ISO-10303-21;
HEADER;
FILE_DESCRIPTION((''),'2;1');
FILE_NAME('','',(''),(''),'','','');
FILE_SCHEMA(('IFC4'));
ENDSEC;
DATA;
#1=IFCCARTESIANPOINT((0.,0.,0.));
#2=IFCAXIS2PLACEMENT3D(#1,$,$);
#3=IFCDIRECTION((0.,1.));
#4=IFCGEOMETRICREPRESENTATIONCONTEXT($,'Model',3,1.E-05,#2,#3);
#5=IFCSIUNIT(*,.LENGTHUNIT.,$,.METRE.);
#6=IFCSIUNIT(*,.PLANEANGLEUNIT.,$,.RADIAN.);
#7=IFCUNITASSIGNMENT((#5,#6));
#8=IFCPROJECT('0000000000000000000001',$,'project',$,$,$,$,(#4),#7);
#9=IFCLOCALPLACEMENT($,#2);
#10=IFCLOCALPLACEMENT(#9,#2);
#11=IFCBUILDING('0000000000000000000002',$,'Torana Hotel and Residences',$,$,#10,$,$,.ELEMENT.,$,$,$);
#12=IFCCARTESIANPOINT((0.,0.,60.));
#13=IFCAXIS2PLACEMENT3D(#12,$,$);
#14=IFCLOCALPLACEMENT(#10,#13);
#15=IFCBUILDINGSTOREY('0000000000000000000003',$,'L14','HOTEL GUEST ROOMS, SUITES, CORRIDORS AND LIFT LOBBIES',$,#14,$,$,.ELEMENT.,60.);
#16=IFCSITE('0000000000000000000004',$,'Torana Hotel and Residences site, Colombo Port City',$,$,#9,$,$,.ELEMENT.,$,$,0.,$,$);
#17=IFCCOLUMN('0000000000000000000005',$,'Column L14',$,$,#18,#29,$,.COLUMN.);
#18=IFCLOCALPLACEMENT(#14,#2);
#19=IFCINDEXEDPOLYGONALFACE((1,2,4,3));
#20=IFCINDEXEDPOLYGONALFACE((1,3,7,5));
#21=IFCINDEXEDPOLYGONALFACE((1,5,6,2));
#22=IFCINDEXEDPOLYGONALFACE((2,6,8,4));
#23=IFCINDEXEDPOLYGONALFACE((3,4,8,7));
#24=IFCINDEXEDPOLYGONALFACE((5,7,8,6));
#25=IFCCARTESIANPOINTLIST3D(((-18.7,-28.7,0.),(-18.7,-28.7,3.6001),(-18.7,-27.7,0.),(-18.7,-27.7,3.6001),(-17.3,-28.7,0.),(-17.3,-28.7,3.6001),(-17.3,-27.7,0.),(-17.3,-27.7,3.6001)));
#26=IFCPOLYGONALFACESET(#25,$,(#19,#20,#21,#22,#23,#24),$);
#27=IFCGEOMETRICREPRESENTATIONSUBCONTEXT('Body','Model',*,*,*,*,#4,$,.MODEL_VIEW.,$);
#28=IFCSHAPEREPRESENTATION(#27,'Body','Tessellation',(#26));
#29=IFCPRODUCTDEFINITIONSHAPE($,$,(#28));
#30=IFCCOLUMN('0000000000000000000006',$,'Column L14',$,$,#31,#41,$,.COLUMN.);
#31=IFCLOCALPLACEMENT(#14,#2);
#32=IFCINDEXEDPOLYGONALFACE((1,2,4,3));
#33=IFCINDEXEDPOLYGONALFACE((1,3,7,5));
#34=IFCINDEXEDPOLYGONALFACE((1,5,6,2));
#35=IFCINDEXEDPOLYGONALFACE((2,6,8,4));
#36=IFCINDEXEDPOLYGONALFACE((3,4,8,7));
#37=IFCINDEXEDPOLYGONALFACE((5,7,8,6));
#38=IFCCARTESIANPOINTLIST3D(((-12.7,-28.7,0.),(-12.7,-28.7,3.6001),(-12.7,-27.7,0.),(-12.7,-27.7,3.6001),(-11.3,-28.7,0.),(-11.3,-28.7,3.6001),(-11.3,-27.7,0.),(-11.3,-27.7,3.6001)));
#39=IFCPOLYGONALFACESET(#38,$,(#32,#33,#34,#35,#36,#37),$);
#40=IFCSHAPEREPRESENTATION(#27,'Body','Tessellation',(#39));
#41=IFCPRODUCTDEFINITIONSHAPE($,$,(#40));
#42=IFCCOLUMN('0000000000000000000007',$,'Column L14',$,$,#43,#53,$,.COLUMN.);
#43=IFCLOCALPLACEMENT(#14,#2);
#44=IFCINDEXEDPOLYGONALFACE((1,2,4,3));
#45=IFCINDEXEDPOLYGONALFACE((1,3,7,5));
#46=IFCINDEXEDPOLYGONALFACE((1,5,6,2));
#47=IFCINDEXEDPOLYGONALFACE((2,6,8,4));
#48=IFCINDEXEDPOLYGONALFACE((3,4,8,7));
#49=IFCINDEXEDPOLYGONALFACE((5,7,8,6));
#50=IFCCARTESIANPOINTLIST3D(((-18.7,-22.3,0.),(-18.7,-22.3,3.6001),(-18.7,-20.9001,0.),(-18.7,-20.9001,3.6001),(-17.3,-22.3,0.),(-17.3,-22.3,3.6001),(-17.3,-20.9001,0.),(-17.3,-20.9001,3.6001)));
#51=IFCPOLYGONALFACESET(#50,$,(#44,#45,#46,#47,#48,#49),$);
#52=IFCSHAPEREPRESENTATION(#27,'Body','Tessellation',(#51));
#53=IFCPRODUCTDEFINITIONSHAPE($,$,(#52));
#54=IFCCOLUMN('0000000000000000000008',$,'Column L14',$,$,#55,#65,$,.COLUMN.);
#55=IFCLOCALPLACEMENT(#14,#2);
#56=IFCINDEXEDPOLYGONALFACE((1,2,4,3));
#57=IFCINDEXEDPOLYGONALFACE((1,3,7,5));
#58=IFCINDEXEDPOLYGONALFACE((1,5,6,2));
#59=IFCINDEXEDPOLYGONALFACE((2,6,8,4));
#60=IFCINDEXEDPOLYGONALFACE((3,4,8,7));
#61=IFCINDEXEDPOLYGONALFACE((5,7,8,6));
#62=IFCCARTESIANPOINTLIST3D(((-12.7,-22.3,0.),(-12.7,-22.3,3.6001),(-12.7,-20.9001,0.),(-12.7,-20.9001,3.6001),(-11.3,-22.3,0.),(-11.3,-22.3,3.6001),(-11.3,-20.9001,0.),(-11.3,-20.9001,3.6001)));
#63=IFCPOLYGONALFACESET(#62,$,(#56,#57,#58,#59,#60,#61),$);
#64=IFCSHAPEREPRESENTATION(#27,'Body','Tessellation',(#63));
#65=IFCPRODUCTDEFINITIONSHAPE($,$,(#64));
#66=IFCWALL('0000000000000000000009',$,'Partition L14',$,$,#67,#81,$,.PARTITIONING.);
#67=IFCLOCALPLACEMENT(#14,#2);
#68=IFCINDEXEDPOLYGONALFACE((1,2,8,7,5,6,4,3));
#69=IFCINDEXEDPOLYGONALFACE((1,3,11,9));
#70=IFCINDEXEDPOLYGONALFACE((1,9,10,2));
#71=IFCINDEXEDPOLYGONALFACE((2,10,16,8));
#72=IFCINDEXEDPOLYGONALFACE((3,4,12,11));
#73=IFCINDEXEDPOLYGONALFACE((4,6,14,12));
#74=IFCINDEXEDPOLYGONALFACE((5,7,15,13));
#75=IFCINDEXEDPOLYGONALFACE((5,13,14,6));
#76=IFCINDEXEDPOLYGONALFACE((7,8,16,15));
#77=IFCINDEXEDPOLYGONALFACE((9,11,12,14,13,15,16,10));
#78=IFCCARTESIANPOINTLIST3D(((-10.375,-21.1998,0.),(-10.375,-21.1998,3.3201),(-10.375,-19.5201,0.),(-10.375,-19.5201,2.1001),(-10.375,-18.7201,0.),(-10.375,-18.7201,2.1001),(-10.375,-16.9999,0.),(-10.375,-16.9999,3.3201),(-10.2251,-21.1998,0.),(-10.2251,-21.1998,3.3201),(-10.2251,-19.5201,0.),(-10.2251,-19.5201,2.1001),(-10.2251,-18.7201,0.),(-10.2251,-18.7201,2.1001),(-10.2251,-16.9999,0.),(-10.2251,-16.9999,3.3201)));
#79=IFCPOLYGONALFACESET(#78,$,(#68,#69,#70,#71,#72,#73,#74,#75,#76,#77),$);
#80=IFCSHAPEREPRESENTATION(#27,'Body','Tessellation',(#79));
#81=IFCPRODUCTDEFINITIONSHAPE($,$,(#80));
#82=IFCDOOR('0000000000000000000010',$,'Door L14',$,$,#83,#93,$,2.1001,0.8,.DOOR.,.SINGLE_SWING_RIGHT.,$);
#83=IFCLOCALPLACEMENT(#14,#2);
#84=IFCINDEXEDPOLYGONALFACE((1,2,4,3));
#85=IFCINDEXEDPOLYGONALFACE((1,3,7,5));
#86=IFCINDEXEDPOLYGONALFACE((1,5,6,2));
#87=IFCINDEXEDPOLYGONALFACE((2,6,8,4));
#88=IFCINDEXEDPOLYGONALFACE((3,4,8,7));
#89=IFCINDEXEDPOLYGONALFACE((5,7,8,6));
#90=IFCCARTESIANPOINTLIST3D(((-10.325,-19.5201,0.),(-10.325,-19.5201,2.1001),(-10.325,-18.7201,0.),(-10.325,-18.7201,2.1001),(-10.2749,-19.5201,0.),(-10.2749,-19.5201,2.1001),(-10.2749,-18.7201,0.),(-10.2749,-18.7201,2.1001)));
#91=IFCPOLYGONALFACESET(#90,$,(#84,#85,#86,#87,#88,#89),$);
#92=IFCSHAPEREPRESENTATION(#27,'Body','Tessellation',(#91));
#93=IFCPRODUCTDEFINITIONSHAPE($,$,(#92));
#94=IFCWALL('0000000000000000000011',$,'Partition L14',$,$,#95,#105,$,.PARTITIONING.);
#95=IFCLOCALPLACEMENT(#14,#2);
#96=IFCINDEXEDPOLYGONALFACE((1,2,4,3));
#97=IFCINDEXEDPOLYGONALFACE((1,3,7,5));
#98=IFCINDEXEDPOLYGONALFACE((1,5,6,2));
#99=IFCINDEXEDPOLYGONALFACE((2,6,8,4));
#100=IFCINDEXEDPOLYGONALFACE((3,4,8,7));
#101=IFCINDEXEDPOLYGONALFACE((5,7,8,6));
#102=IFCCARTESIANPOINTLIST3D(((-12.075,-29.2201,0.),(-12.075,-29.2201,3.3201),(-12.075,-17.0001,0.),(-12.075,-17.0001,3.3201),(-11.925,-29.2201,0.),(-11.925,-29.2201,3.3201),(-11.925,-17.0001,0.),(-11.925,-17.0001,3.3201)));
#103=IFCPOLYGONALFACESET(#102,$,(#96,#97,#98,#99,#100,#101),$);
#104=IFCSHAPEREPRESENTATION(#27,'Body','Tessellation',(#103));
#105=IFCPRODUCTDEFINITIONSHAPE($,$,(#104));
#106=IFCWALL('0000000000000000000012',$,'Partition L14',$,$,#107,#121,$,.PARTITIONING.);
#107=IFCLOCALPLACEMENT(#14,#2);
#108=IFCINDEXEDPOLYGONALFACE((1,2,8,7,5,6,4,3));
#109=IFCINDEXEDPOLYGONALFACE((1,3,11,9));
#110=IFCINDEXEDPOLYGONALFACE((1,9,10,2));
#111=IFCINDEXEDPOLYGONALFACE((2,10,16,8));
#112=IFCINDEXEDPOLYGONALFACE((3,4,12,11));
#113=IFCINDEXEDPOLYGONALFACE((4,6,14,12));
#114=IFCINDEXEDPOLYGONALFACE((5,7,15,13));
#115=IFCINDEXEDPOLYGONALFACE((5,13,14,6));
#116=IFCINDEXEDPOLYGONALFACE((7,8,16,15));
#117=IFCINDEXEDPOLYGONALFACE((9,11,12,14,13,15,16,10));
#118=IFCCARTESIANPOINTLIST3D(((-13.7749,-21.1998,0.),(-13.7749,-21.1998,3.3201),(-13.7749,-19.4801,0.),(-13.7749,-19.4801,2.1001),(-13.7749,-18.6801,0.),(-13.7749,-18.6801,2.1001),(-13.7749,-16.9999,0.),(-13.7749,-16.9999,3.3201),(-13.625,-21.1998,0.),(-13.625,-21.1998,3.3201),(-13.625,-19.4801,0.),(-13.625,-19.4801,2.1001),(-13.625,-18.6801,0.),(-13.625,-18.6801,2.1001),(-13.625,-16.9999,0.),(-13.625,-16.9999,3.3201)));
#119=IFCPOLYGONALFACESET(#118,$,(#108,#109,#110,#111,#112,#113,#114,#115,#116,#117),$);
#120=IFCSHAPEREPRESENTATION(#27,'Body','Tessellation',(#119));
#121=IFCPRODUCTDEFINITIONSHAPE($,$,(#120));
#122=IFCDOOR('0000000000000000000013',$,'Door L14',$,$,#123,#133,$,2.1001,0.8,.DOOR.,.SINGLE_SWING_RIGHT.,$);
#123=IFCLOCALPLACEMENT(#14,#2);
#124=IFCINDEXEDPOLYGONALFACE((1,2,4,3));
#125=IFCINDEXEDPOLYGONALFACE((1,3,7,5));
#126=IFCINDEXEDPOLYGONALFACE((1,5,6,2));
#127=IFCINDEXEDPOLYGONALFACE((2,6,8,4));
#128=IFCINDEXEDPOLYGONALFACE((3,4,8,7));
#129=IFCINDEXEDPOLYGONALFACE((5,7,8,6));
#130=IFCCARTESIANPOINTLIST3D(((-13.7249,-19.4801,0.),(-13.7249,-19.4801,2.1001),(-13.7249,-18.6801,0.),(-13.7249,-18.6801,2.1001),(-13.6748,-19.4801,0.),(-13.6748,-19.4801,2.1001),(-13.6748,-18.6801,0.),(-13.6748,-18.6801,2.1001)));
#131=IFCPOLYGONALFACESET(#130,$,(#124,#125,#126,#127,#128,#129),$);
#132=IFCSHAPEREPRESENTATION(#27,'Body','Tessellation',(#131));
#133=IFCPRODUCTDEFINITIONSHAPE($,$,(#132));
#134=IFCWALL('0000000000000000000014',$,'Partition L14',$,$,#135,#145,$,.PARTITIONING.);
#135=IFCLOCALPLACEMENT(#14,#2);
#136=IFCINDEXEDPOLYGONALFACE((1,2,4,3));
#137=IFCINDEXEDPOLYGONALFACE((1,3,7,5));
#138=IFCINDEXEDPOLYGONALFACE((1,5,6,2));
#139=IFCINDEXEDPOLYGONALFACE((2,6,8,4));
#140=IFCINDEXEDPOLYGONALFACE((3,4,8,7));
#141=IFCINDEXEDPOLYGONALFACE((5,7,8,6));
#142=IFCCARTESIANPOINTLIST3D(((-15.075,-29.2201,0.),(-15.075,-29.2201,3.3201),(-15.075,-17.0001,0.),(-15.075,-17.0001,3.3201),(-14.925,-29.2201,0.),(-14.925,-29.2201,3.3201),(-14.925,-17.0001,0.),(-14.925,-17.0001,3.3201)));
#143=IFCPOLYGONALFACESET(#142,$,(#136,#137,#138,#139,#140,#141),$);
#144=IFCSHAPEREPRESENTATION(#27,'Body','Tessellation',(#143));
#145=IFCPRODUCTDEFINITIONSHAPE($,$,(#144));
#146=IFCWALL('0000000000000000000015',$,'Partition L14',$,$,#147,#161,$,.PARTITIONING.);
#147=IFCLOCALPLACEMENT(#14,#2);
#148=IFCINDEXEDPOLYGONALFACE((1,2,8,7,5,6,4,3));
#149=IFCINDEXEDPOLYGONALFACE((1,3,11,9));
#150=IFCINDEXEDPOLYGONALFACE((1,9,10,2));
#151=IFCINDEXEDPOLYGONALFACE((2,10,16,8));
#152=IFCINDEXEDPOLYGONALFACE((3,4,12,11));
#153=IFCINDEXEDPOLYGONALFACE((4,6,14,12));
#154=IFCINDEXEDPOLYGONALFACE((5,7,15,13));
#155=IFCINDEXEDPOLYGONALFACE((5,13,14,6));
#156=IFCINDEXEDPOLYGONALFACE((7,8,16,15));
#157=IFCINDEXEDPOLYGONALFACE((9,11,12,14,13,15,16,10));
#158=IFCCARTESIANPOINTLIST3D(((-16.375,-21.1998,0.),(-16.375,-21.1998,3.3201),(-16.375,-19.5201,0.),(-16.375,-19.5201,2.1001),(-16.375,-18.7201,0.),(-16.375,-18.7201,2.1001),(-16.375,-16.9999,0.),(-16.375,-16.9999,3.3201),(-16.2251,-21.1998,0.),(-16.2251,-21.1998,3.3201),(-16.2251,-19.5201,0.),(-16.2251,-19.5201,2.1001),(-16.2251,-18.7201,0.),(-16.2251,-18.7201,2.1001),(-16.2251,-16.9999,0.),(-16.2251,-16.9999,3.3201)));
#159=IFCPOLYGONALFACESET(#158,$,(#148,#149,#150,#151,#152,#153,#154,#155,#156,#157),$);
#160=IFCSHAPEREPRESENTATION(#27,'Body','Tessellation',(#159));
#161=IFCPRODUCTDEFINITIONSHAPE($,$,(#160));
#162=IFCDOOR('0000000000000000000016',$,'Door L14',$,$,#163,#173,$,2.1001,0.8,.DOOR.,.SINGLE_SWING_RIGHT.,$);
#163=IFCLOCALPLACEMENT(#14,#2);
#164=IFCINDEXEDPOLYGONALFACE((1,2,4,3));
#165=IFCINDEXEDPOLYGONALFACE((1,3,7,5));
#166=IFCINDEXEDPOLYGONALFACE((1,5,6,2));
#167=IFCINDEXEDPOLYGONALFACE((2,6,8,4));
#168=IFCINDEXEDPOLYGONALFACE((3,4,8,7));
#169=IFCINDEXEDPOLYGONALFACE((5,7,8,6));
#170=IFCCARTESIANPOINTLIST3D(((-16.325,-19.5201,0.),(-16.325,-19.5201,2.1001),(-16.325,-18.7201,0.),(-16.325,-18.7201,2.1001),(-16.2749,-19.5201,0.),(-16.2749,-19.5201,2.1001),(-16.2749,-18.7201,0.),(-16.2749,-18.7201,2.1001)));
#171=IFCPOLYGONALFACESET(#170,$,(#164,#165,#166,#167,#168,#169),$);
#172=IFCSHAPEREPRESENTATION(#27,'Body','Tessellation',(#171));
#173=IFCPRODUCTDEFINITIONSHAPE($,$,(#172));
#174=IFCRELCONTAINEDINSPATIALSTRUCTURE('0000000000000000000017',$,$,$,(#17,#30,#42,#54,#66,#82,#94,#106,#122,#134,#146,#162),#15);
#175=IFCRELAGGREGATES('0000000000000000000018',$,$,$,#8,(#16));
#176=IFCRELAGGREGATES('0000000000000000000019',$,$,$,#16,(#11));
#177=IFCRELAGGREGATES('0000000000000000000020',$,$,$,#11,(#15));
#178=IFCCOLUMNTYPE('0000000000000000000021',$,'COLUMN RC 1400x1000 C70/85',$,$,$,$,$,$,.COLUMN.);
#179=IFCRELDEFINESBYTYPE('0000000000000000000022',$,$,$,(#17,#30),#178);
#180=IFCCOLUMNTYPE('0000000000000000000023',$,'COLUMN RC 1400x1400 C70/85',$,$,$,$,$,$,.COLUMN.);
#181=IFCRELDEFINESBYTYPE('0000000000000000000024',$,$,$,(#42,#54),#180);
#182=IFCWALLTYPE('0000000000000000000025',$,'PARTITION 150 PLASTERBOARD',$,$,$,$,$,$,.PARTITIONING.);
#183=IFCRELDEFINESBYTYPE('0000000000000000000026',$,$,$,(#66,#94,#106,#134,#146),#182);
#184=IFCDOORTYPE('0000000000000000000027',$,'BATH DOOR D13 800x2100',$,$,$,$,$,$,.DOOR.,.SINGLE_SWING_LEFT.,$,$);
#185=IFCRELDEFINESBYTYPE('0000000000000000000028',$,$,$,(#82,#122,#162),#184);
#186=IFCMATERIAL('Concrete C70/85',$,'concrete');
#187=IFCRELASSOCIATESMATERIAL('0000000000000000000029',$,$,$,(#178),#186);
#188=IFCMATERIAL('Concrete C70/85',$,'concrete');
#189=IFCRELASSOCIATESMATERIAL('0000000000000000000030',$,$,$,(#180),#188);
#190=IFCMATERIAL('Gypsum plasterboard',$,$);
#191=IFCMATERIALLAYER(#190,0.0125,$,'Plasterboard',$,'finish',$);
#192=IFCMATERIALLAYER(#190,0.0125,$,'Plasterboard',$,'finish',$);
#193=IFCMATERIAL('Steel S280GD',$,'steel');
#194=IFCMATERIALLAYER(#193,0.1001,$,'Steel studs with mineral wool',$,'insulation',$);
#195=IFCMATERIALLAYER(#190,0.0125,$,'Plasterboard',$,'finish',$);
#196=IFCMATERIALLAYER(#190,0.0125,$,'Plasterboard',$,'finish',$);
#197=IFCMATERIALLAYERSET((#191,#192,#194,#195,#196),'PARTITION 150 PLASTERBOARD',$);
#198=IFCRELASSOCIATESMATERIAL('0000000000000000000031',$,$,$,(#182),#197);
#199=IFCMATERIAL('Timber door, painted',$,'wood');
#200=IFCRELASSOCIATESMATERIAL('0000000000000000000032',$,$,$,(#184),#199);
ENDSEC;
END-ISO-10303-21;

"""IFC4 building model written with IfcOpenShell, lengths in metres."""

from ifc_helpers import new_model, si_unit, direction, frame, frame_2d, origin, origin_2d, place, context, subcontext, project, spatial, rectangle, extrude, material, layer, layer_set, material_profile, profile_set, type_object, element, fill, save


model = new_model("IFC4")

# Units and contexts
model_context = context("Model", 3, precision=1e-05, world=origin(), true_north=direction((0.0, 1.0)))
body_context = subcontext(model_context, "Body", "Model", "MODEL_VIEW")
ifc_project = project(units=[si_unit("LENGTHUNIT", "METRE"), si_unit("PLANEANGLEUNIT", "RADIAN")], contexts=[model_context])

# Site, building, storey
site_placement = place(None, origin())
site = spatial("IfcSite", under=ifc_project, at=site_placement, Name="Torana Hotel and Residences site, Colombo Port City", CompositionType="ELEMENT", RefElevation=0.0)
building_placement = place(site_placement, origin())
building = spatial("IfcBuilding", under=site, at=building_placement, Name="Torana Hotel and Residences", CompositionType="ELEMENT")
storey_placement = place(building_placement, frame((0.0, 0.0, 60.0)))
storey = spatial("IfcBuildingStorey", under=building, at=storey_placement, Name="L14", Description="HOTEL GUEST ROOMS, SUITES, CORRIDORS AND LIFT LOBBIES", CompositionType="ELEMENT", Elevation=60.0)

# Columns
ifc_material_1 = material(Name="Concrete C70/85", Category="concrete")
ifc_material_profile_1 = material_profile(ifc_material_1, rectangle(XDim=1.3999, YDim=1.0, at=origin_2d()), Name="RC 1400x1000")
ifc_profile_set_1 = profile_set([ifc_material_profile_1], Name="Concrete C70/85")
column_type_1 = type_object("IfcColumnType", Name="COLUMN RC 1400x1000 C70/85", PredefinedType="COLUMN", material=ifc_profile_set_1)
for number, where, z_axis, x_axis, name in (
    (1, (-18.0, -28.2, 0.0), (0.0, 0.0, 1.0), (1.0, 0.0, 0.0), "Column L14"),
    (2, (-12.0, -28.2, 0.0), (0.0, 0.0, 1.0), (1.0, 0.0, 0.0), "Column L14"),
):
    element("IfcColumn", number, at=place(storey_placement, frame(where, z_axis=z_axis, x_axis=x_axis)), inside=storey, type_object=column_type_1, Name=name, PredefinedType="COLUMN", context=body_context, shape_type="SweptSolid", body=[
        extrude(rectangle(XDim=1.3999, YDim=1.0, at=origin_2d()), origin(), (0.0, 0.0, 1.0), 3.6001),
    ])
ifc_material_2 = material(Name="Concrete C70/85", Category="concrete")
ifc_material_profile_2 = material_profile(ifc_material_2, rectangle(XDim=1.3999, YDim=1.3999, at=origin_2d()), Name="RC 1400x1400")
ifc_profile_set_2 = profile_set([ifc_material_profile_2], Name="Concrete C70/85")
column_type_2 = type_object("IfcColumnType", Name="COLUMN RC 1400x1400 C70/85", PredefinedType="COLUMN", material=ifc_profile_set_2)
for number, where, z_axis, x_axis, name in (
    (3, (-18.0, -21.6001, 0.0), (0.0, 0.0, 1.0), (1.0, 0.0, 0.0), "Column L14"),
    (4, (-12.0, -21.6001, 0.0), (0.0, 0.0, 1.0), (1.0, 0.0, 0.0), "Column L14"),
):
    element("IfcColumn", number, at=place(storey_placement, frame(where, z_axis=z_axis, x_axis=x_axis)), inside=storey, type_object=column_type_2, Name=name, PredefinedType="COLUMN", context=body_context, shape_type="SweptSolid", body=[
        extrude(rectangle(XDim=1.3999, YDim=1.3999, at=origin_2d()), origin(), (0.0, 0.0, 1.0), 3.6001),
    ])

# Wall, opening, door
ifc_material_3 = material(Name="Gypsum plasterboard")
ifc_layer_1 = layer(ifc_material_3, 0.0125, Name="Plasterboard", Category="finish")
ifc_layer_2 = layer(ifc_material_3, 0.0125, Name="Plasterboard", Category="finish")
ifc_material_4 = material(Name="Steel S280GD", Category="steel")
ifc_layer_3 = layer(ifc_material_4, 0.1001, Name="Steel studs with mineral wool", Category="insulation")
ifc_layer_4 = layer(ifc_material_3, 0.0125, Name="Plasterboard", Category="finish")
ifc_layer_5 = layer(ifc_material_3, 0.0125, Name="Plasterboard", Category="finish")
ifc_layer_set_1 = layer_set([ifc_layer_1, ifc_layer_2, ifc_layer_3, ifc_layer_4, ifc_layer_5], Name="PARTITION 150 PLASTERBOARD")
wall_type_1 = type_object("IfcWallType", Name="PARTITION 150 PLASTERBOARD", PredefinedType="PARTITIONING", material=ifc_layer_set_1)
wall_1_placement = place(storey_placement, frame((-10.3, -21.2, 0.0), z_axis=(0.0, 0.0, 1.0), x_axis=(0.0, 1.0, 0.0)))
wall_1 = element("IfcWall", 5, at=wall_1_placement, inside=storey, type_object=wall_type_1, Name="Partition L14", PredefinedType="PARTITIONING", context=body_context, shape_type="SweptSolid", body=[
    extrude(rectangle(XDim=4.2, YDim=0.1499, at=frame_2d((2.1001, 0.0))), origin(), (0.0, 0.0, 1.0), 3.3201),
])
opening_1_placement = place(wall_1_placement, frame((1.6799, 0.0, 0.0)))
opening_1 = element("IfcOpeningElement", 6, at=opening_1_placement, cuts=wall_1, PredefinedType="OPENING", context=body_context, shape_type="SweptSolid", body=[
    extrude(rectangle(XDim=0.8, YDim=2.1001, at=frame_2d((0.3999, 1.05))), frame((0.0, 0.085, 0.0), z_axis=(0.0, -1.0, 0.0), x_axis=(1.0, 0.0, 0.0)), (0.0, 0.0, 1.0), 0.1699),
])
ifc_material_5 = material(Name="Timber door, painted", Category="wood")
door_type = type_object("IfcDoorType", Name="BATH DOOR D13 800x2100", OperationType="SINGLE_SWING_LEFT", PredefinedType="DOOR", material=ifc_material_5)
door_1_placement = place(opening_1_placement, origin())
door_1 = element("IfcDoor", 7, at=door_1_placement, inside=storey, type_object=door_type, Name="Door L14", OperationType="SINGLE_SWING_RIGHT", OverallHeight=2.1001, OverallWidth=0.8, PredefinedType="DOOR", context=body_context, shape_type="SweptSolid", body=[
    extrude(rectangle(XDim=0.8, YDim=2.1001, at=frame_2d((0.3999, 1.05))), frame((0.0, 0.0249, 0.0), z_axis=(0.0, -1.0, 0.0), x_axis=(1.0, 0.0, 0.0)), (0.0, 0.0, 1.0), 0.05),
])
fill(opening_1, door_1)

# Wall
wall_2_placement = place(storey_placement, frame((-12.0, -29.22, 0.0), z_axis=(0.0, 0.0, 1.0), x_axis=(0.0, 1.0, 0.0)))
element("IfcWall", 8, at=wall_2_placement, inside=storey, type_object=wall_type_1, Name="Partition L14", PredefinedType="PARTITIONING", context=body_context, shape_type="SweptSolid", body=[
    extrude(rectangle(XDim=12.22, YDim=0.1499, at=frame_2d((6.1099, 0.0))), origin(), (0.0, 0.0, 1.0), 3.3201),
])

# Wall, opening, door
wall_3_placement = place(storey_placement, frame((-13.7, -21.2, 0.0), z_axis=(0.0, 0.0, 1.0), x_axis=(0.0, 1.0, 0.0)))
wall_3 = element("IfcWall", 9, at=wall_3_placement, inside=storey, type_object=wall_type_1, Name="Partition L14", PredefinedType="PARTITIONING", context=body_context, shape_type="SweptSolid", body=[
    extrude(rectangle(XDim=4.2, YDim=0.1499, at=frame_2d((2.1001, 0.0))), origin(), (0.0, 0.0, 1.0), 3.3201),
])
opening_2_placement = place(wall_3_placement, frame((1.72, 0.0, 0.0)))
opening_2 = element("IfcOpeningElement", 10, at=opening_2_placement, cuts=wall_3, PredefinedType="OPENING", context=body_context, shape_type="SweptSolid", body=[
    extrude(rectangle(XDim=0.8, YDim=2.1001, at=frame_2d((0.3999, 1.05))), frame((0.0, 0.085, 0.0), z_axis=(0.0, -1.0, 0.0), x_axis=(1.0, 0.0, 0.0)), (0.0, 0.0, 1.0), 0.1699),
])
door_2_placement = place(opening_2_placement, origin())
door_2 = element("IfcDoor", 11, at=door_2_placement, inside=storey, type_object=door_type, Name="Door L14", OperationType="SINGLE_SWING_RIGHT", OverallHeight=2.1001, OverallWidth=0.8, PredefinedType="DOOR", context=body_context, shape_type="SweptSolid", body=[
    extrude(rectangle(XDim=0.8, YDim=2.1001, at=frame_2d((0.3999, 1.05))), frame((0.0, 0.0249, 0.0), z_axis=(0.0, -1.0, 0.0), x_axis=(1.0, 0.0, 0.0)), (0.0, 0.0, 1.0), 0.05),
])
fill(opening_2, door_2)

# Wall
wall_4_placement = place(storey_placement, frame((-15.0, -29.22, 0.0), z_axis=(0.0, 0.0, 1.0), x_axis=(0.0, 1.0, 0.0)))
element("IfcWall", 12, at=wall_4_placement, inside=storey, type_object=wall_type_1, Name="Partition L14", PredefinedType="PARTITIONING", context=body_context, shape_type="SweptSolid", body=[
    extrude(rectangle(XDim=12.22, YDim=0.1499, at=frame_2d((6.1099, 0.0))), origin(), (0.0, 0.0, 1.0), 3.3201),
])

# Wall, opening, door
wall_5_placement = place(storey_placement, frame((-16.3, -21.2, 0.0), z_axis=(0.0, 0.0, 1.0), x_axis=(0.0, 1.0, 0.0)))
wall_5 = element("IfcWall", 13, at=wall_5_placement, inside=storey, type_object=wall_type_1, Name="Partition L14", PredefinedType="PARTITIONING", context=body_context, shape_type="SweptSolid", body=[
    extrude(rectangle(XDim=4.2, YDim=0.1499, at=frame_2d((2.1001, 0.0))), origin(), (0.0, 0.0, 1.0), 3.3201),
])
opening_3_placement = place(wall_5_placement, frame((1.6799, 0.0, 0.0)))
opening_3 = element("IfcOpeningElement", 14, at=opening_3_placement, cuts=wall_5, PredefinedType="OPENING", context=body_context, shape_type="SweptSolid", body=[
    extrude(rectangle(XDim=0.8, YDim=2.1001, at=frame_2d((0.3999, 1.05))), frame((0.0, 0.085, 0.0), z_axis=(0.0, -1.0, 0.0), x_axis=(1.0, 0.0, 0.0)), (0.0, 0.0, 1.0), 0.1699),
])
door_3_placement = place(opening_3_placement, origin())
door_3 = element("IfcDoor", 15, at=door_3_placement, inside=storey, type_object=door_type, Name="Door L14", OperationType="SINGLE_SWING_RIGHT", OverallHeight=2.1001, OverallWidth=0.8, PredefinedType="DOOR", context=body_context, shape_type="SweptSolid", body=[
    extrude(rectangle(XDim=0.8, YDim=2.1001, at=frame_2d((0.3999, 1.05))), frame((0.0, 0.0249, 0.0), z_axis=(0.0, -1.0, 0.0), x_axis=(1.0, 0.0, 0.0)), (0.0, 0.0, 1.0), 0.05),
])
fill(opening_3, door_3)

save(model, "model.ifc")
